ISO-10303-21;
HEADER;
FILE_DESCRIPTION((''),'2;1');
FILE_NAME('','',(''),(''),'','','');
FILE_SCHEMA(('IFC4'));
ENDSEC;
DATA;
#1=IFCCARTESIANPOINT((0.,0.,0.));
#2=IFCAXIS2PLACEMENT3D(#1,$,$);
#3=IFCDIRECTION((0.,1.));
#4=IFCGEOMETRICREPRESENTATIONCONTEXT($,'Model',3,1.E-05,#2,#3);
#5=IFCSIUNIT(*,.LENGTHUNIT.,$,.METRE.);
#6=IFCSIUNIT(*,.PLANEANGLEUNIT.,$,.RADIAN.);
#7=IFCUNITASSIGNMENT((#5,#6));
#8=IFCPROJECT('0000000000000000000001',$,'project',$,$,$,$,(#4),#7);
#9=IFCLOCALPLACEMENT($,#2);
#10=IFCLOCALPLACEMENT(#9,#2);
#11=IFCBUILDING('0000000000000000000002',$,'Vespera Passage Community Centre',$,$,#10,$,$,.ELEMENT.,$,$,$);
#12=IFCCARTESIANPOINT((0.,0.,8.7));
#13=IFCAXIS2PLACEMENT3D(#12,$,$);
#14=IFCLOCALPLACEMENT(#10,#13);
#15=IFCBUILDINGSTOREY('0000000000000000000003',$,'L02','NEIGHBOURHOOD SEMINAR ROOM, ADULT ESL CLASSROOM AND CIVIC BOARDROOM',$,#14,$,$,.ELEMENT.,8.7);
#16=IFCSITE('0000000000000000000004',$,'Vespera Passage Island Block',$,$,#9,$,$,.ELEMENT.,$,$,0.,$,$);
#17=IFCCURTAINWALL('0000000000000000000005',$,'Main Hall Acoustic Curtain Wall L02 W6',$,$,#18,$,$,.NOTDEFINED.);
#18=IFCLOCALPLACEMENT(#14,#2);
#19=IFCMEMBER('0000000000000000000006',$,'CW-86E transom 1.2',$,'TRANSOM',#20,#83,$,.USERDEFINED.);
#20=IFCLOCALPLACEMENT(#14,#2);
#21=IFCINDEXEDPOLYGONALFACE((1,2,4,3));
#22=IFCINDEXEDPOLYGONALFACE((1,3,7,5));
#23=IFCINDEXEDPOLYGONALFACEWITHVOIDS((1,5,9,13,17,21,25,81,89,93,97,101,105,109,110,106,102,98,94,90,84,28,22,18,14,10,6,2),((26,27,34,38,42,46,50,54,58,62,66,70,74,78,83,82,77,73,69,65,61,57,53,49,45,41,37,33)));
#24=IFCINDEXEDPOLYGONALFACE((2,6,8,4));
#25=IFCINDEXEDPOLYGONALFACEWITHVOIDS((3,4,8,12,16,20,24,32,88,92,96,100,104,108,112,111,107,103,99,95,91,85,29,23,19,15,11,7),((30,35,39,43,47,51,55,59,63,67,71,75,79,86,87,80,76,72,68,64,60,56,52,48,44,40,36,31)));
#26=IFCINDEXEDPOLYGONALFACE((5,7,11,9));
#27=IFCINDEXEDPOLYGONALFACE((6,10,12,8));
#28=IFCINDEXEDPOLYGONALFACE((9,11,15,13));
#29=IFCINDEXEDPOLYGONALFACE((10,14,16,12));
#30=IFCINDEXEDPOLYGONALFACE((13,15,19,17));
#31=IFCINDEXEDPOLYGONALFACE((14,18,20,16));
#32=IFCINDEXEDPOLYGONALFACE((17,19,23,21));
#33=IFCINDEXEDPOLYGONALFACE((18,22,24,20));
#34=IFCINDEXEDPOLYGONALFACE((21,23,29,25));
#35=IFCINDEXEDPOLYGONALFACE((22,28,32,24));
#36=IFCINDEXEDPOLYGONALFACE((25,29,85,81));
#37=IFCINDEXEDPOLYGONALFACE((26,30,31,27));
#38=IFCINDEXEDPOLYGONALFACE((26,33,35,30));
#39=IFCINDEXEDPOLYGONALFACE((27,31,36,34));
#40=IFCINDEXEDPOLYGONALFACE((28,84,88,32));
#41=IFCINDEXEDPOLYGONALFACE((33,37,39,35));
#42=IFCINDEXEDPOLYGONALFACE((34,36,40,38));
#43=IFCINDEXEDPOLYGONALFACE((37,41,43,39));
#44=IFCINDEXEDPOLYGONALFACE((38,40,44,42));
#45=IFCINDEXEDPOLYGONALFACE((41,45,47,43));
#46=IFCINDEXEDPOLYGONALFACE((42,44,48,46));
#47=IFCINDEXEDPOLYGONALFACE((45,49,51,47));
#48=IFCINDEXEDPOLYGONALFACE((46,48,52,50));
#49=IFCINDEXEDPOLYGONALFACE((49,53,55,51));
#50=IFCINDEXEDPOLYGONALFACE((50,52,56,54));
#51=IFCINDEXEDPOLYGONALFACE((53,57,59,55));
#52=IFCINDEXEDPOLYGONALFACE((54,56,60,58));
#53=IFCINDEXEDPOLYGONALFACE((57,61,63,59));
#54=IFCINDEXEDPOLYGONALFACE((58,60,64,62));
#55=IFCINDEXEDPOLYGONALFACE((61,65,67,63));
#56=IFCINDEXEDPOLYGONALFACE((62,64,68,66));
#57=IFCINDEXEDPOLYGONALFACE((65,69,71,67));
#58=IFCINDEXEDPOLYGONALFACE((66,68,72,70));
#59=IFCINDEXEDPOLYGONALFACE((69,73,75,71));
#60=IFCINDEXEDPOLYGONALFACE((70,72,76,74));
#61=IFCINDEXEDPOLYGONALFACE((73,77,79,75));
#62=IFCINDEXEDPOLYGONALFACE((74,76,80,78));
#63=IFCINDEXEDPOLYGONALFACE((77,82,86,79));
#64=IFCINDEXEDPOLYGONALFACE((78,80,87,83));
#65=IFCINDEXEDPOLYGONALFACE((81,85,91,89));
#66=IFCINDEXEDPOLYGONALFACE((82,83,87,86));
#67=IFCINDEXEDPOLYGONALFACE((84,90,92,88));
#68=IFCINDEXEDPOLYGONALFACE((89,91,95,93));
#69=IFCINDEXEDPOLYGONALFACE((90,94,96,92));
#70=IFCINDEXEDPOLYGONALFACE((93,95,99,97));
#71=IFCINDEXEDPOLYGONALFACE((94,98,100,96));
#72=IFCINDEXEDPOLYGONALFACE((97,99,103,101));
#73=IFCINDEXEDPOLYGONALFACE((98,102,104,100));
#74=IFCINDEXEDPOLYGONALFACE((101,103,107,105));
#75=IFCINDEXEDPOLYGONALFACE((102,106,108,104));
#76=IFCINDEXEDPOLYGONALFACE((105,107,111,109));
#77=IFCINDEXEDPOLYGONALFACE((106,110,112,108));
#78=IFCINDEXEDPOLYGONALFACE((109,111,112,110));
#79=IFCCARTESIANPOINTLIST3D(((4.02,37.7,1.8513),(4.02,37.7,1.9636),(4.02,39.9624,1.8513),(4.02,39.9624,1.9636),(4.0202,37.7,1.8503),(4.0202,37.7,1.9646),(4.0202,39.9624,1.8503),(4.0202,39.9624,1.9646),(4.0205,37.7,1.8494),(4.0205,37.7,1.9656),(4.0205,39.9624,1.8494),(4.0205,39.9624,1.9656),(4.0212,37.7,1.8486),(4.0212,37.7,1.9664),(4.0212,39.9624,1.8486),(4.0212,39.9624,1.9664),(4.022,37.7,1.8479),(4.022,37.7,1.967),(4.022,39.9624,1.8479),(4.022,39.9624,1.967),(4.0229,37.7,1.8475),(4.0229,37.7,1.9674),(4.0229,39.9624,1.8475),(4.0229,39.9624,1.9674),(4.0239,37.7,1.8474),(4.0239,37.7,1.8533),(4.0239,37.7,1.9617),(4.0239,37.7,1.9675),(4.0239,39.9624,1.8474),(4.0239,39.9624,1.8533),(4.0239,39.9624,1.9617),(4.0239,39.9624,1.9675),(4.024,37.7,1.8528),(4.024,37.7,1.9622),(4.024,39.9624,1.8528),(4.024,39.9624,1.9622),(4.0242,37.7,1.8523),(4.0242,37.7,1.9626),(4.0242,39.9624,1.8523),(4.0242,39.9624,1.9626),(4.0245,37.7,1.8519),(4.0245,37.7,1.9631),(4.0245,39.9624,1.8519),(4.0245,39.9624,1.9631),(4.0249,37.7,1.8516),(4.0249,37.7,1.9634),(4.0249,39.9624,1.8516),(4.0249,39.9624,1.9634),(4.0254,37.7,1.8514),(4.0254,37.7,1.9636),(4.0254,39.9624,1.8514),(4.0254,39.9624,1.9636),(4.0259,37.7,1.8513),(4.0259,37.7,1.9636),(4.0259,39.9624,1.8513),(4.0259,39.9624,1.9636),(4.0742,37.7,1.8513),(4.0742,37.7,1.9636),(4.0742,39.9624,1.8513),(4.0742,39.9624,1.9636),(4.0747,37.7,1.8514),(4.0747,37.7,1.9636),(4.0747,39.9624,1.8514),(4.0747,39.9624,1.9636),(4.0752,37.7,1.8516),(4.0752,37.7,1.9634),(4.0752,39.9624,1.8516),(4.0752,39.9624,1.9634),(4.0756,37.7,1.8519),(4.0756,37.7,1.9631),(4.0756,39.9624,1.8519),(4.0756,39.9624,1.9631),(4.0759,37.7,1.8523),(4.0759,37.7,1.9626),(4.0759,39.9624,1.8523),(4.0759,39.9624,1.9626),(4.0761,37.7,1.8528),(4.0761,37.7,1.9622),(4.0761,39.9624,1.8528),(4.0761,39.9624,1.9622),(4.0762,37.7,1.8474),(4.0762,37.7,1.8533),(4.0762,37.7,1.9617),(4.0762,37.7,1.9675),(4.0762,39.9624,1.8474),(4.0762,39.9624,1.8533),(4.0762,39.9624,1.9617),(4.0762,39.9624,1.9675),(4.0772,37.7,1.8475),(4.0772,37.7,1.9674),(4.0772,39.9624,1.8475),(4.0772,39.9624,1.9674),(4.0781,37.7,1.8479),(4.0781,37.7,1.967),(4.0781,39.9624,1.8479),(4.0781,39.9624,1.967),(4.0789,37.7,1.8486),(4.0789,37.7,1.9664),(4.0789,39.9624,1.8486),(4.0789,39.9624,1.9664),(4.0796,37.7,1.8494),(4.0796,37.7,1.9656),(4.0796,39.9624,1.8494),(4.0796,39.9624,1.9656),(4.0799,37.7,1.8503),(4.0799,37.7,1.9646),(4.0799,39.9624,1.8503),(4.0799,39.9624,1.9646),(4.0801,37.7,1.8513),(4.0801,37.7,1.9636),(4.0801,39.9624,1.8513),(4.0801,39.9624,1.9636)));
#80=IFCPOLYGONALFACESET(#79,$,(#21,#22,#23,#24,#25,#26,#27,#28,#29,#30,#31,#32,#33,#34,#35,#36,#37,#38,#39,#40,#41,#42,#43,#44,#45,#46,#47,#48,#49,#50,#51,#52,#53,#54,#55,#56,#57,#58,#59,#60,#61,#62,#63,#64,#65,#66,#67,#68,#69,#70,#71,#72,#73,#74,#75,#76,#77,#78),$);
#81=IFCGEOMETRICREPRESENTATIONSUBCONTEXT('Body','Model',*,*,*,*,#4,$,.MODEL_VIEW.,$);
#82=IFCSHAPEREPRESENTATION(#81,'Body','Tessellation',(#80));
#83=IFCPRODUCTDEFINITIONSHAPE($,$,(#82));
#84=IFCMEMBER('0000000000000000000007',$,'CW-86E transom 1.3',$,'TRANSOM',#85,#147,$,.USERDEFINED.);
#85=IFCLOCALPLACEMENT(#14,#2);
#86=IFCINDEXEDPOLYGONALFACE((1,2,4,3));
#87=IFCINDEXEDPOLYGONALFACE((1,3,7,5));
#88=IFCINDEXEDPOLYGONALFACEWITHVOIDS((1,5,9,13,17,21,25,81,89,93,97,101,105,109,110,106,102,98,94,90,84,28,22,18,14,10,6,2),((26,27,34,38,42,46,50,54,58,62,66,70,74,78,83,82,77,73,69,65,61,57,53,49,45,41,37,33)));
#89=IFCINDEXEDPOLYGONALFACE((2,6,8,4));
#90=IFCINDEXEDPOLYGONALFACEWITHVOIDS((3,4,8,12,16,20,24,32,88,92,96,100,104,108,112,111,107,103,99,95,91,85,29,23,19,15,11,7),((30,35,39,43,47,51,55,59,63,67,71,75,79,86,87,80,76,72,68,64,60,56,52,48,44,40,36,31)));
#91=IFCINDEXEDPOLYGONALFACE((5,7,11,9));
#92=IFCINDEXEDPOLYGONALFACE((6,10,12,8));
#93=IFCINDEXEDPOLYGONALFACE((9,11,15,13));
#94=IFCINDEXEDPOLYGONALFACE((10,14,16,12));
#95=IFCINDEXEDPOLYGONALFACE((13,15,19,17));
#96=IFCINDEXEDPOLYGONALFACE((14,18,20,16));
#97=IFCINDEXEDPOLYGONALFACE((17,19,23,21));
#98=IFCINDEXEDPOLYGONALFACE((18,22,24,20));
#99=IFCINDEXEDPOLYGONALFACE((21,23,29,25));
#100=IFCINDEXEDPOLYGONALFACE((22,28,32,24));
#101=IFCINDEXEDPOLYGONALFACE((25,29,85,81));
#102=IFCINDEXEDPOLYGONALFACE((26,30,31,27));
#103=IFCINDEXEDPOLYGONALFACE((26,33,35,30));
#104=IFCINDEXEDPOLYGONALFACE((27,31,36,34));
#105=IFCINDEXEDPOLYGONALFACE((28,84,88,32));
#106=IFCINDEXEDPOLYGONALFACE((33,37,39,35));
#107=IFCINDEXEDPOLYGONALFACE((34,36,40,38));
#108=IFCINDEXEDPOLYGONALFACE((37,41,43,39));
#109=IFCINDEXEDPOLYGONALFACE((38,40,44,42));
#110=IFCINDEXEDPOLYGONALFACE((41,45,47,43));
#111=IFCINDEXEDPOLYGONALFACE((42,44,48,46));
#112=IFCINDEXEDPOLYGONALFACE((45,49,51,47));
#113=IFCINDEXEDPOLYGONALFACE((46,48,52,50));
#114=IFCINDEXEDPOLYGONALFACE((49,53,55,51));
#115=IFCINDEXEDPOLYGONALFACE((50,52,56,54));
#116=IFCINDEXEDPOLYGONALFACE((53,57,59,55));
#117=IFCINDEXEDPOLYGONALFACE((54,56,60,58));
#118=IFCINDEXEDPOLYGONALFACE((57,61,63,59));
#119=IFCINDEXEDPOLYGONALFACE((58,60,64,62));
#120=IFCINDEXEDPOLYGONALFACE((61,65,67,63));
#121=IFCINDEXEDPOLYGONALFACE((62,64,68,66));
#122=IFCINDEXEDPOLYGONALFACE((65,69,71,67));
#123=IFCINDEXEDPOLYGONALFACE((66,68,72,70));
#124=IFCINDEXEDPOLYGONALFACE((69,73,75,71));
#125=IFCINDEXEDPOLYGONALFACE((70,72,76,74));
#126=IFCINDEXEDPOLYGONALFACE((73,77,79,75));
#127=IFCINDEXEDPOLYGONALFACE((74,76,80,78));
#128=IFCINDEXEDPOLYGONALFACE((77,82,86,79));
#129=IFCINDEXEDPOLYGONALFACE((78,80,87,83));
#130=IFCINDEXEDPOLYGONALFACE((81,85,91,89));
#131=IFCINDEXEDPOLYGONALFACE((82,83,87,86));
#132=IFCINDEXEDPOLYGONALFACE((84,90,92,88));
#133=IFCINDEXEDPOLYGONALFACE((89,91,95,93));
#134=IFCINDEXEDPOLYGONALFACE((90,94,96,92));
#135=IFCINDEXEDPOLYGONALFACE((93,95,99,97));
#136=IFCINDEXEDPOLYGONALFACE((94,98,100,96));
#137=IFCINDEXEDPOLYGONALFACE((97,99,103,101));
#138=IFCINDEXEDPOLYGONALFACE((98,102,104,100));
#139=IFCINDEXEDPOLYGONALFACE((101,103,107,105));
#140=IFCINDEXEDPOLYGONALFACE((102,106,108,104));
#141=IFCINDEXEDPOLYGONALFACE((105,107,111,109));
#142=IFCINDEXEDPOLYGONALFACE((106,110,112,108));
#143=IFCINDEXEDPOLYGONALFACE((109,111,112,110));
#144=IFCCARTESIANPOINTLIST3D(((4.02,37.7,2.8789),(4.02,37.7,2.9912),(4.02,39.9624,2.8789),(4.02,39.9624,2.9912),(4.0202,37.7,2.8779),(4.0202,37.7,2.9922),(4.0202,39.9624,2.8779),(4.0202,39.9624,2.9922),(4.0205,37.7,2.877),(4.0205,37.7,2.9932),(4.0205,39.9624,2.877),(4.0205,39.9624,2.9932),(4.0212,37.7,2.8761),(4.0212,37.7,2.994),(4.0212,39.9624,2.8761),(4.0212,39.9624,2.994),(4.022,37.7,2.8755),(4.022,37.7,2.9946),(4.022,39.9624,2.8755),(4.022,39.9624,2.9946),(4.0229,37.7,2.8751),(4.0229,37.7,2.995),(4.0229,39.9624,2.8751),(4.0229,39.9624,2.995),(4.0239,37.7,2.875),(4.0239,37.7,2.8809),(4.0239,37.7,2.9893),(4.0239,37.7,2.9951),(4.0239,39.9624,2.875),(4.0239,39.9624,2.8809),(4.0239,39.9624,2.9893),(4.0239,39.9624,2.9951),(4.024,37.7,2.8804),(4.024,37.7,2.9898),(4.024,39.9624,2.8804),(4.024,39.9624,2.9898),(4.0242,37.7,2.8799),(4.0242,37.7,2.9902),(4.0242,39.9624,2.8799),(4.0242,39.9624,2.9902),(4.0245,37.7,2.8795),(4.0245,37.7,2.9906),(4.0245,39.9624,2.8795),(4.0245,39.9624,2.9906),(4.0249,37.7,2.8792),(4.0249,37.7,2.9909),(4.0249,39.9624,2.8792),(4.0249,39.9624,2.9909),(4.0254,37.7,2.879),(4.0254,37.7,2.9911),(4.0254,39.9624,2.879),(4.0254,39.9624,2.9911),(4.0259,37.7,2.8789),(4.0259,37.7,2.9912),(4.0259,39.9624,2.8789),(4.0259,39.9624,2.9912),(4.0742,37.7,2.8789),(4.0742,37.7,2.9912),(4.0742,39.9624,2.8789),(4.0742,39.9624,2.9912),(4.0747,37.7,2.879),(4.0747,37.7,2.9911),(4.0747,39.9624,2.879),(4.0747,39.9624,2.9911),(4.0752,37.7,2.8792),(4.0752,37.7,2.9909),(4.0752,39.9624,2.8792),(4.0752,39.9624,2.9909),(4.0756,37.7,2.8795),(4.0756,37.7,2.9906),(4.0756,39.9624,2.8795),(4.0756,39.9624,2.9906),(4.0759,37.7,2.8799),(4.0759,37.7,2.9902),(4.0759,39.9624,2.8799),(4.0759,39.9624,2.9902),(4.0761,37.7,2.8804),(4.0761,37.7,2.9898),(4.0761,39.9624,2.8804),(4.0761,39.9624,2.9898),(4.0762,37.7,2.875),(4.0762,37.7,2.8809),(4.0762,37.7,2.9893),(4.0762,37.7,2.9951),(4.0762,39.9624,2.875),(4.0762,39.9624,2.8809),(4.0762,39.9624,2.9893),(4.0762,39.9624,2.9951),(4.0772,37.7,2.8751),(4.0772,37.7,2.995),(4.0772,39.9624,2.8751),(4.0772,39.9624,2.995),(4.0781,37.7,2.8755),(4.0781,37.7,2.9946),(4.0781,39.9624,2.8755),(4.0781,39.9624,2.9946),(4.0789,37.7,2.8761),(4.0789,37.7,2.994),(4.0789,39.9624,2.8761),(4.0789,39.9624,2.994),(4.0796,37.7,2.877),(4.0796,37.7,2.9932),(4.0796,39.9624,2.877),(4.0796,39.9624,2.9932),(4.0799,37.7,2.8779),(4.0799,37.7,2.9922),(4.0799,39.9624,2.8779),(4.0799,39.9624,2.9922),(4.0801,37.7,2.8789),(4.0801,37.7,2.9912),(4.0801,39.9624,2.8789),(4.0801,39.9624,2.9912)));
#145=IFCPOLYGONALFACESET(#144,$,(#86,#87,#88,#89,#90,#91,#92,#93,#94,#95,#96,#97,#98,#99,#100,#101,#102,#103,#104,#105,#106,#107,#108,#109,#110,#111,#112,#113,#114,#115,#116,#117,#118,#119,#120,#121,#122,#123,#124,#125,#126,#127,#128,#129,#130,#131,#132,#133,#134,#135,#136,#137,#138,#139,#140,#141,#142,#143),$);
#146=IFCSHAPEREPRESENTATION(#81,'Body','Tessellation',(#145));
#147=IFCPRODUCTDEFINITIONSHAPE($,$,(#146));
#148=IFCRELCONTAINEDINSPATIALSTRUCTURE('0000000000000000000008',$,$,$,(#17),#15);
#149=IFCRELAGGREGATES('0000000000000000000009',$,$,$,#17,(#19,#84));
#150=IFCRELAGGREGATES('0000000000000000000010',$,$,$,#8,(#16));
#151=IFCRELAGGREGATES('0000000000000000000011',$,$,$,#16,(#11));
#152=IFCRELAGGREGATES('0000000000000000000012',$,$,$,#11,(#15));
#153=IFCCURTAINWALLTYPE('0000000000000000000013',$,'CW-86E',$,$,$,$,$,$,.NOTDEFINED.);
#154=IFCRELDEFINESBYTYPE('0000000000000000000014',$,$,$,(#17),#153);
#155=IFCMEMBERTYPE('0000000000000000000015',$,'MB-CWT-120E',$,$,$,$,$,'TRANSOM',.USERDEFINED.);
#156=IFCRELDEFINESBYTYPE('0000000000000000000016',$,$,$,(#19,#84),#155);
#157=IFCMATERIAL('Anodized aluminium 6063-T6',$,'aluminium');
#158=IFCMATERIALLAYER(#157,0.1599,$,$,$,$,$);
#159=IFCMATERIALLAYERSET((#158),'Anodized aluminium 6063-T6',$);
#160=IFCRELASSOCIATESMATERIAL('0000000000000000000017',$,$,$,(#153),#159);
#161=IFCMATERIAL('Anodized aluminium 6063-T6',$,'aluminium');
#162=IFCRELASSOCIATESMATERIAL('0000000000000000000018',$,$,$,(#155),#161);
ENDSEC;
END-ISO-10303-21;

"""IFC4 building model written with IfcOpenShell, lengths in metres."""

from ifc_helpers import new_model, si_unit, direction, frame, origin, origin_2d, place, context, subcontext, project, spatial, hollow_rectangle, extrude, material, layer, layer_set, material_profile, profile_set, type_object, element, aggregate, save


model = new_model("IFC4")

# Units and contexts
model_context = context("Model", 3, precision=1e-05, world=origin(), true_north=direction((0.0, 1.0)))
body_context = subcontext(model_context, "Body", "Model", "MODEL_VIEW")
ifc_project = project(units=[si_unit("LENGTHUNIT", "METRE"), si_unit("PLANEANGLEUNIT", "RADIAN")], contexts=[model_context])

# Site, building, storey
site_placement = place(None, origin())
site = spatial("IfcSite", under=ifc_project, at=site_placement, Name="Vespera Passage Island Block", CompositionType="ELEMENT", RefElevation=0.0)
building_placement = place(site_placement, origin())
building = spatial("IfcBuilding", under=site, at=building_placement, Name="Vespera Passage Community Centre", CompositionType="ELEMENT")
storey_placement = place(building_placement, frame((0.0, 0.0, 8.7)))
storey = spatial("IfcBuildingStorey", under=building, at=storey_placement, Name="L02", Description="NEIGHBOURHOOD SEMINAR ROOM, ADULT ESL CLASSROOM AND CIVIC BOARDROOM", CompositionType="ELEMENT", Elevation=8.7)

# Curtain wall
ifc_material_1 = material(Name="Anodized aluminium 6063-T6", Category="aluminium")
ifc_layer_1 = layer(ifc_material_1, 0.1599)
ifc_layer_set_1 = layer_set([ifc_layer_1], Name="Anodized aluminium 6063-T6")
curtain_wall_type = type_object("IfcCurtainWallType", Name="CW-86E", PredefinedType="NOTDEFINED", material=ifc_layer_set_1)
curtain_wall_1_placement = place(storey_placement, origin())
curtain_wall_1 = element("IfcCurtainWall", 1, at=curtain_wall_1_placement, inside=storey, type_object=curtain_wall_type, Name="Main Hall Acoustic Curtain Wall L02 W6", PredefinedType="NOTDEFINED")

# Members
ifc_material_2 = material(Name="Anodized aluminium 6063-T6", Category="aluminium")
ifc_material_profile_1 = material_profile(ifc_material_2, hollow_rectangle(XDim=0.0601, YDim=0.1201, WallThickness=0.0039, InnerFilletRadius=0.002, OuterFilletRadius=0.0039, at=origin_2d()), Name="ALU120X60X4")
ifc_profile_set_1 = profile_set([ifc_material_profile_1], Name="Anodized aluminium 6063-T6")
member_type_1 = type_object("IfcMemberType", Name="MB-CWT-120E", ElementType="TRANSOM", PredefinedType="USERDEFINED", material=ifc_profile_set_1)
member_1_placement = place(storey_placement, frame((4.05, 37.7, 1.9075), z_axis=(0.0, 1.0, 0.0), x_axis=(-1.0, 0.0, 0.0)))
member_1 = element("IfcMember", 2, at=member_1_placement, type_object=member_type_1, Name="CW-86E transom 1.2", ObjectType="TRANSOM", PredefinedType="USERDEFINED", context=body_context, shape_type="SweptSolid", body=[
    extrude(hollow_rectangle(XDim=0.0601, YDim=0.1201, WallThickness=0.0039, InnerFilletRadius=0.002, OuterFilletRadius=0.0039, at=origin_2d()), origin(), (0.0, 0.0, 1.0), 2.2625),
])
member_2_placement = place(storey_placement, frame((4.05, 37.7, 2.9351), z_axis=(0.0, 1.0, 0.0), x_axis=(-1.0, 0.0, 0.0)))
member_2 = element("IfcMember", 3, at=member_2_placement, type_object=member_type_1, Name="CW-86E transom 1.3", ObjectType="TRANSOM", PredefinedType="USERDEFINED", context=body_context, shape_type="SweptSolid", body=[
    extrude(hollow_rectangle(XDim=0.0601, YDim=0.1201, WallThickness=0.0039, InnerFilletRadius=0.002, OuterFilletRadius=0.0039, at=origin_2d()), origin(), (0.0, 0.0, 1.0), 2.2625),
])

aggregate(curtain_wall_1, [member_1, member_2])

save(model, "model.ifc")
